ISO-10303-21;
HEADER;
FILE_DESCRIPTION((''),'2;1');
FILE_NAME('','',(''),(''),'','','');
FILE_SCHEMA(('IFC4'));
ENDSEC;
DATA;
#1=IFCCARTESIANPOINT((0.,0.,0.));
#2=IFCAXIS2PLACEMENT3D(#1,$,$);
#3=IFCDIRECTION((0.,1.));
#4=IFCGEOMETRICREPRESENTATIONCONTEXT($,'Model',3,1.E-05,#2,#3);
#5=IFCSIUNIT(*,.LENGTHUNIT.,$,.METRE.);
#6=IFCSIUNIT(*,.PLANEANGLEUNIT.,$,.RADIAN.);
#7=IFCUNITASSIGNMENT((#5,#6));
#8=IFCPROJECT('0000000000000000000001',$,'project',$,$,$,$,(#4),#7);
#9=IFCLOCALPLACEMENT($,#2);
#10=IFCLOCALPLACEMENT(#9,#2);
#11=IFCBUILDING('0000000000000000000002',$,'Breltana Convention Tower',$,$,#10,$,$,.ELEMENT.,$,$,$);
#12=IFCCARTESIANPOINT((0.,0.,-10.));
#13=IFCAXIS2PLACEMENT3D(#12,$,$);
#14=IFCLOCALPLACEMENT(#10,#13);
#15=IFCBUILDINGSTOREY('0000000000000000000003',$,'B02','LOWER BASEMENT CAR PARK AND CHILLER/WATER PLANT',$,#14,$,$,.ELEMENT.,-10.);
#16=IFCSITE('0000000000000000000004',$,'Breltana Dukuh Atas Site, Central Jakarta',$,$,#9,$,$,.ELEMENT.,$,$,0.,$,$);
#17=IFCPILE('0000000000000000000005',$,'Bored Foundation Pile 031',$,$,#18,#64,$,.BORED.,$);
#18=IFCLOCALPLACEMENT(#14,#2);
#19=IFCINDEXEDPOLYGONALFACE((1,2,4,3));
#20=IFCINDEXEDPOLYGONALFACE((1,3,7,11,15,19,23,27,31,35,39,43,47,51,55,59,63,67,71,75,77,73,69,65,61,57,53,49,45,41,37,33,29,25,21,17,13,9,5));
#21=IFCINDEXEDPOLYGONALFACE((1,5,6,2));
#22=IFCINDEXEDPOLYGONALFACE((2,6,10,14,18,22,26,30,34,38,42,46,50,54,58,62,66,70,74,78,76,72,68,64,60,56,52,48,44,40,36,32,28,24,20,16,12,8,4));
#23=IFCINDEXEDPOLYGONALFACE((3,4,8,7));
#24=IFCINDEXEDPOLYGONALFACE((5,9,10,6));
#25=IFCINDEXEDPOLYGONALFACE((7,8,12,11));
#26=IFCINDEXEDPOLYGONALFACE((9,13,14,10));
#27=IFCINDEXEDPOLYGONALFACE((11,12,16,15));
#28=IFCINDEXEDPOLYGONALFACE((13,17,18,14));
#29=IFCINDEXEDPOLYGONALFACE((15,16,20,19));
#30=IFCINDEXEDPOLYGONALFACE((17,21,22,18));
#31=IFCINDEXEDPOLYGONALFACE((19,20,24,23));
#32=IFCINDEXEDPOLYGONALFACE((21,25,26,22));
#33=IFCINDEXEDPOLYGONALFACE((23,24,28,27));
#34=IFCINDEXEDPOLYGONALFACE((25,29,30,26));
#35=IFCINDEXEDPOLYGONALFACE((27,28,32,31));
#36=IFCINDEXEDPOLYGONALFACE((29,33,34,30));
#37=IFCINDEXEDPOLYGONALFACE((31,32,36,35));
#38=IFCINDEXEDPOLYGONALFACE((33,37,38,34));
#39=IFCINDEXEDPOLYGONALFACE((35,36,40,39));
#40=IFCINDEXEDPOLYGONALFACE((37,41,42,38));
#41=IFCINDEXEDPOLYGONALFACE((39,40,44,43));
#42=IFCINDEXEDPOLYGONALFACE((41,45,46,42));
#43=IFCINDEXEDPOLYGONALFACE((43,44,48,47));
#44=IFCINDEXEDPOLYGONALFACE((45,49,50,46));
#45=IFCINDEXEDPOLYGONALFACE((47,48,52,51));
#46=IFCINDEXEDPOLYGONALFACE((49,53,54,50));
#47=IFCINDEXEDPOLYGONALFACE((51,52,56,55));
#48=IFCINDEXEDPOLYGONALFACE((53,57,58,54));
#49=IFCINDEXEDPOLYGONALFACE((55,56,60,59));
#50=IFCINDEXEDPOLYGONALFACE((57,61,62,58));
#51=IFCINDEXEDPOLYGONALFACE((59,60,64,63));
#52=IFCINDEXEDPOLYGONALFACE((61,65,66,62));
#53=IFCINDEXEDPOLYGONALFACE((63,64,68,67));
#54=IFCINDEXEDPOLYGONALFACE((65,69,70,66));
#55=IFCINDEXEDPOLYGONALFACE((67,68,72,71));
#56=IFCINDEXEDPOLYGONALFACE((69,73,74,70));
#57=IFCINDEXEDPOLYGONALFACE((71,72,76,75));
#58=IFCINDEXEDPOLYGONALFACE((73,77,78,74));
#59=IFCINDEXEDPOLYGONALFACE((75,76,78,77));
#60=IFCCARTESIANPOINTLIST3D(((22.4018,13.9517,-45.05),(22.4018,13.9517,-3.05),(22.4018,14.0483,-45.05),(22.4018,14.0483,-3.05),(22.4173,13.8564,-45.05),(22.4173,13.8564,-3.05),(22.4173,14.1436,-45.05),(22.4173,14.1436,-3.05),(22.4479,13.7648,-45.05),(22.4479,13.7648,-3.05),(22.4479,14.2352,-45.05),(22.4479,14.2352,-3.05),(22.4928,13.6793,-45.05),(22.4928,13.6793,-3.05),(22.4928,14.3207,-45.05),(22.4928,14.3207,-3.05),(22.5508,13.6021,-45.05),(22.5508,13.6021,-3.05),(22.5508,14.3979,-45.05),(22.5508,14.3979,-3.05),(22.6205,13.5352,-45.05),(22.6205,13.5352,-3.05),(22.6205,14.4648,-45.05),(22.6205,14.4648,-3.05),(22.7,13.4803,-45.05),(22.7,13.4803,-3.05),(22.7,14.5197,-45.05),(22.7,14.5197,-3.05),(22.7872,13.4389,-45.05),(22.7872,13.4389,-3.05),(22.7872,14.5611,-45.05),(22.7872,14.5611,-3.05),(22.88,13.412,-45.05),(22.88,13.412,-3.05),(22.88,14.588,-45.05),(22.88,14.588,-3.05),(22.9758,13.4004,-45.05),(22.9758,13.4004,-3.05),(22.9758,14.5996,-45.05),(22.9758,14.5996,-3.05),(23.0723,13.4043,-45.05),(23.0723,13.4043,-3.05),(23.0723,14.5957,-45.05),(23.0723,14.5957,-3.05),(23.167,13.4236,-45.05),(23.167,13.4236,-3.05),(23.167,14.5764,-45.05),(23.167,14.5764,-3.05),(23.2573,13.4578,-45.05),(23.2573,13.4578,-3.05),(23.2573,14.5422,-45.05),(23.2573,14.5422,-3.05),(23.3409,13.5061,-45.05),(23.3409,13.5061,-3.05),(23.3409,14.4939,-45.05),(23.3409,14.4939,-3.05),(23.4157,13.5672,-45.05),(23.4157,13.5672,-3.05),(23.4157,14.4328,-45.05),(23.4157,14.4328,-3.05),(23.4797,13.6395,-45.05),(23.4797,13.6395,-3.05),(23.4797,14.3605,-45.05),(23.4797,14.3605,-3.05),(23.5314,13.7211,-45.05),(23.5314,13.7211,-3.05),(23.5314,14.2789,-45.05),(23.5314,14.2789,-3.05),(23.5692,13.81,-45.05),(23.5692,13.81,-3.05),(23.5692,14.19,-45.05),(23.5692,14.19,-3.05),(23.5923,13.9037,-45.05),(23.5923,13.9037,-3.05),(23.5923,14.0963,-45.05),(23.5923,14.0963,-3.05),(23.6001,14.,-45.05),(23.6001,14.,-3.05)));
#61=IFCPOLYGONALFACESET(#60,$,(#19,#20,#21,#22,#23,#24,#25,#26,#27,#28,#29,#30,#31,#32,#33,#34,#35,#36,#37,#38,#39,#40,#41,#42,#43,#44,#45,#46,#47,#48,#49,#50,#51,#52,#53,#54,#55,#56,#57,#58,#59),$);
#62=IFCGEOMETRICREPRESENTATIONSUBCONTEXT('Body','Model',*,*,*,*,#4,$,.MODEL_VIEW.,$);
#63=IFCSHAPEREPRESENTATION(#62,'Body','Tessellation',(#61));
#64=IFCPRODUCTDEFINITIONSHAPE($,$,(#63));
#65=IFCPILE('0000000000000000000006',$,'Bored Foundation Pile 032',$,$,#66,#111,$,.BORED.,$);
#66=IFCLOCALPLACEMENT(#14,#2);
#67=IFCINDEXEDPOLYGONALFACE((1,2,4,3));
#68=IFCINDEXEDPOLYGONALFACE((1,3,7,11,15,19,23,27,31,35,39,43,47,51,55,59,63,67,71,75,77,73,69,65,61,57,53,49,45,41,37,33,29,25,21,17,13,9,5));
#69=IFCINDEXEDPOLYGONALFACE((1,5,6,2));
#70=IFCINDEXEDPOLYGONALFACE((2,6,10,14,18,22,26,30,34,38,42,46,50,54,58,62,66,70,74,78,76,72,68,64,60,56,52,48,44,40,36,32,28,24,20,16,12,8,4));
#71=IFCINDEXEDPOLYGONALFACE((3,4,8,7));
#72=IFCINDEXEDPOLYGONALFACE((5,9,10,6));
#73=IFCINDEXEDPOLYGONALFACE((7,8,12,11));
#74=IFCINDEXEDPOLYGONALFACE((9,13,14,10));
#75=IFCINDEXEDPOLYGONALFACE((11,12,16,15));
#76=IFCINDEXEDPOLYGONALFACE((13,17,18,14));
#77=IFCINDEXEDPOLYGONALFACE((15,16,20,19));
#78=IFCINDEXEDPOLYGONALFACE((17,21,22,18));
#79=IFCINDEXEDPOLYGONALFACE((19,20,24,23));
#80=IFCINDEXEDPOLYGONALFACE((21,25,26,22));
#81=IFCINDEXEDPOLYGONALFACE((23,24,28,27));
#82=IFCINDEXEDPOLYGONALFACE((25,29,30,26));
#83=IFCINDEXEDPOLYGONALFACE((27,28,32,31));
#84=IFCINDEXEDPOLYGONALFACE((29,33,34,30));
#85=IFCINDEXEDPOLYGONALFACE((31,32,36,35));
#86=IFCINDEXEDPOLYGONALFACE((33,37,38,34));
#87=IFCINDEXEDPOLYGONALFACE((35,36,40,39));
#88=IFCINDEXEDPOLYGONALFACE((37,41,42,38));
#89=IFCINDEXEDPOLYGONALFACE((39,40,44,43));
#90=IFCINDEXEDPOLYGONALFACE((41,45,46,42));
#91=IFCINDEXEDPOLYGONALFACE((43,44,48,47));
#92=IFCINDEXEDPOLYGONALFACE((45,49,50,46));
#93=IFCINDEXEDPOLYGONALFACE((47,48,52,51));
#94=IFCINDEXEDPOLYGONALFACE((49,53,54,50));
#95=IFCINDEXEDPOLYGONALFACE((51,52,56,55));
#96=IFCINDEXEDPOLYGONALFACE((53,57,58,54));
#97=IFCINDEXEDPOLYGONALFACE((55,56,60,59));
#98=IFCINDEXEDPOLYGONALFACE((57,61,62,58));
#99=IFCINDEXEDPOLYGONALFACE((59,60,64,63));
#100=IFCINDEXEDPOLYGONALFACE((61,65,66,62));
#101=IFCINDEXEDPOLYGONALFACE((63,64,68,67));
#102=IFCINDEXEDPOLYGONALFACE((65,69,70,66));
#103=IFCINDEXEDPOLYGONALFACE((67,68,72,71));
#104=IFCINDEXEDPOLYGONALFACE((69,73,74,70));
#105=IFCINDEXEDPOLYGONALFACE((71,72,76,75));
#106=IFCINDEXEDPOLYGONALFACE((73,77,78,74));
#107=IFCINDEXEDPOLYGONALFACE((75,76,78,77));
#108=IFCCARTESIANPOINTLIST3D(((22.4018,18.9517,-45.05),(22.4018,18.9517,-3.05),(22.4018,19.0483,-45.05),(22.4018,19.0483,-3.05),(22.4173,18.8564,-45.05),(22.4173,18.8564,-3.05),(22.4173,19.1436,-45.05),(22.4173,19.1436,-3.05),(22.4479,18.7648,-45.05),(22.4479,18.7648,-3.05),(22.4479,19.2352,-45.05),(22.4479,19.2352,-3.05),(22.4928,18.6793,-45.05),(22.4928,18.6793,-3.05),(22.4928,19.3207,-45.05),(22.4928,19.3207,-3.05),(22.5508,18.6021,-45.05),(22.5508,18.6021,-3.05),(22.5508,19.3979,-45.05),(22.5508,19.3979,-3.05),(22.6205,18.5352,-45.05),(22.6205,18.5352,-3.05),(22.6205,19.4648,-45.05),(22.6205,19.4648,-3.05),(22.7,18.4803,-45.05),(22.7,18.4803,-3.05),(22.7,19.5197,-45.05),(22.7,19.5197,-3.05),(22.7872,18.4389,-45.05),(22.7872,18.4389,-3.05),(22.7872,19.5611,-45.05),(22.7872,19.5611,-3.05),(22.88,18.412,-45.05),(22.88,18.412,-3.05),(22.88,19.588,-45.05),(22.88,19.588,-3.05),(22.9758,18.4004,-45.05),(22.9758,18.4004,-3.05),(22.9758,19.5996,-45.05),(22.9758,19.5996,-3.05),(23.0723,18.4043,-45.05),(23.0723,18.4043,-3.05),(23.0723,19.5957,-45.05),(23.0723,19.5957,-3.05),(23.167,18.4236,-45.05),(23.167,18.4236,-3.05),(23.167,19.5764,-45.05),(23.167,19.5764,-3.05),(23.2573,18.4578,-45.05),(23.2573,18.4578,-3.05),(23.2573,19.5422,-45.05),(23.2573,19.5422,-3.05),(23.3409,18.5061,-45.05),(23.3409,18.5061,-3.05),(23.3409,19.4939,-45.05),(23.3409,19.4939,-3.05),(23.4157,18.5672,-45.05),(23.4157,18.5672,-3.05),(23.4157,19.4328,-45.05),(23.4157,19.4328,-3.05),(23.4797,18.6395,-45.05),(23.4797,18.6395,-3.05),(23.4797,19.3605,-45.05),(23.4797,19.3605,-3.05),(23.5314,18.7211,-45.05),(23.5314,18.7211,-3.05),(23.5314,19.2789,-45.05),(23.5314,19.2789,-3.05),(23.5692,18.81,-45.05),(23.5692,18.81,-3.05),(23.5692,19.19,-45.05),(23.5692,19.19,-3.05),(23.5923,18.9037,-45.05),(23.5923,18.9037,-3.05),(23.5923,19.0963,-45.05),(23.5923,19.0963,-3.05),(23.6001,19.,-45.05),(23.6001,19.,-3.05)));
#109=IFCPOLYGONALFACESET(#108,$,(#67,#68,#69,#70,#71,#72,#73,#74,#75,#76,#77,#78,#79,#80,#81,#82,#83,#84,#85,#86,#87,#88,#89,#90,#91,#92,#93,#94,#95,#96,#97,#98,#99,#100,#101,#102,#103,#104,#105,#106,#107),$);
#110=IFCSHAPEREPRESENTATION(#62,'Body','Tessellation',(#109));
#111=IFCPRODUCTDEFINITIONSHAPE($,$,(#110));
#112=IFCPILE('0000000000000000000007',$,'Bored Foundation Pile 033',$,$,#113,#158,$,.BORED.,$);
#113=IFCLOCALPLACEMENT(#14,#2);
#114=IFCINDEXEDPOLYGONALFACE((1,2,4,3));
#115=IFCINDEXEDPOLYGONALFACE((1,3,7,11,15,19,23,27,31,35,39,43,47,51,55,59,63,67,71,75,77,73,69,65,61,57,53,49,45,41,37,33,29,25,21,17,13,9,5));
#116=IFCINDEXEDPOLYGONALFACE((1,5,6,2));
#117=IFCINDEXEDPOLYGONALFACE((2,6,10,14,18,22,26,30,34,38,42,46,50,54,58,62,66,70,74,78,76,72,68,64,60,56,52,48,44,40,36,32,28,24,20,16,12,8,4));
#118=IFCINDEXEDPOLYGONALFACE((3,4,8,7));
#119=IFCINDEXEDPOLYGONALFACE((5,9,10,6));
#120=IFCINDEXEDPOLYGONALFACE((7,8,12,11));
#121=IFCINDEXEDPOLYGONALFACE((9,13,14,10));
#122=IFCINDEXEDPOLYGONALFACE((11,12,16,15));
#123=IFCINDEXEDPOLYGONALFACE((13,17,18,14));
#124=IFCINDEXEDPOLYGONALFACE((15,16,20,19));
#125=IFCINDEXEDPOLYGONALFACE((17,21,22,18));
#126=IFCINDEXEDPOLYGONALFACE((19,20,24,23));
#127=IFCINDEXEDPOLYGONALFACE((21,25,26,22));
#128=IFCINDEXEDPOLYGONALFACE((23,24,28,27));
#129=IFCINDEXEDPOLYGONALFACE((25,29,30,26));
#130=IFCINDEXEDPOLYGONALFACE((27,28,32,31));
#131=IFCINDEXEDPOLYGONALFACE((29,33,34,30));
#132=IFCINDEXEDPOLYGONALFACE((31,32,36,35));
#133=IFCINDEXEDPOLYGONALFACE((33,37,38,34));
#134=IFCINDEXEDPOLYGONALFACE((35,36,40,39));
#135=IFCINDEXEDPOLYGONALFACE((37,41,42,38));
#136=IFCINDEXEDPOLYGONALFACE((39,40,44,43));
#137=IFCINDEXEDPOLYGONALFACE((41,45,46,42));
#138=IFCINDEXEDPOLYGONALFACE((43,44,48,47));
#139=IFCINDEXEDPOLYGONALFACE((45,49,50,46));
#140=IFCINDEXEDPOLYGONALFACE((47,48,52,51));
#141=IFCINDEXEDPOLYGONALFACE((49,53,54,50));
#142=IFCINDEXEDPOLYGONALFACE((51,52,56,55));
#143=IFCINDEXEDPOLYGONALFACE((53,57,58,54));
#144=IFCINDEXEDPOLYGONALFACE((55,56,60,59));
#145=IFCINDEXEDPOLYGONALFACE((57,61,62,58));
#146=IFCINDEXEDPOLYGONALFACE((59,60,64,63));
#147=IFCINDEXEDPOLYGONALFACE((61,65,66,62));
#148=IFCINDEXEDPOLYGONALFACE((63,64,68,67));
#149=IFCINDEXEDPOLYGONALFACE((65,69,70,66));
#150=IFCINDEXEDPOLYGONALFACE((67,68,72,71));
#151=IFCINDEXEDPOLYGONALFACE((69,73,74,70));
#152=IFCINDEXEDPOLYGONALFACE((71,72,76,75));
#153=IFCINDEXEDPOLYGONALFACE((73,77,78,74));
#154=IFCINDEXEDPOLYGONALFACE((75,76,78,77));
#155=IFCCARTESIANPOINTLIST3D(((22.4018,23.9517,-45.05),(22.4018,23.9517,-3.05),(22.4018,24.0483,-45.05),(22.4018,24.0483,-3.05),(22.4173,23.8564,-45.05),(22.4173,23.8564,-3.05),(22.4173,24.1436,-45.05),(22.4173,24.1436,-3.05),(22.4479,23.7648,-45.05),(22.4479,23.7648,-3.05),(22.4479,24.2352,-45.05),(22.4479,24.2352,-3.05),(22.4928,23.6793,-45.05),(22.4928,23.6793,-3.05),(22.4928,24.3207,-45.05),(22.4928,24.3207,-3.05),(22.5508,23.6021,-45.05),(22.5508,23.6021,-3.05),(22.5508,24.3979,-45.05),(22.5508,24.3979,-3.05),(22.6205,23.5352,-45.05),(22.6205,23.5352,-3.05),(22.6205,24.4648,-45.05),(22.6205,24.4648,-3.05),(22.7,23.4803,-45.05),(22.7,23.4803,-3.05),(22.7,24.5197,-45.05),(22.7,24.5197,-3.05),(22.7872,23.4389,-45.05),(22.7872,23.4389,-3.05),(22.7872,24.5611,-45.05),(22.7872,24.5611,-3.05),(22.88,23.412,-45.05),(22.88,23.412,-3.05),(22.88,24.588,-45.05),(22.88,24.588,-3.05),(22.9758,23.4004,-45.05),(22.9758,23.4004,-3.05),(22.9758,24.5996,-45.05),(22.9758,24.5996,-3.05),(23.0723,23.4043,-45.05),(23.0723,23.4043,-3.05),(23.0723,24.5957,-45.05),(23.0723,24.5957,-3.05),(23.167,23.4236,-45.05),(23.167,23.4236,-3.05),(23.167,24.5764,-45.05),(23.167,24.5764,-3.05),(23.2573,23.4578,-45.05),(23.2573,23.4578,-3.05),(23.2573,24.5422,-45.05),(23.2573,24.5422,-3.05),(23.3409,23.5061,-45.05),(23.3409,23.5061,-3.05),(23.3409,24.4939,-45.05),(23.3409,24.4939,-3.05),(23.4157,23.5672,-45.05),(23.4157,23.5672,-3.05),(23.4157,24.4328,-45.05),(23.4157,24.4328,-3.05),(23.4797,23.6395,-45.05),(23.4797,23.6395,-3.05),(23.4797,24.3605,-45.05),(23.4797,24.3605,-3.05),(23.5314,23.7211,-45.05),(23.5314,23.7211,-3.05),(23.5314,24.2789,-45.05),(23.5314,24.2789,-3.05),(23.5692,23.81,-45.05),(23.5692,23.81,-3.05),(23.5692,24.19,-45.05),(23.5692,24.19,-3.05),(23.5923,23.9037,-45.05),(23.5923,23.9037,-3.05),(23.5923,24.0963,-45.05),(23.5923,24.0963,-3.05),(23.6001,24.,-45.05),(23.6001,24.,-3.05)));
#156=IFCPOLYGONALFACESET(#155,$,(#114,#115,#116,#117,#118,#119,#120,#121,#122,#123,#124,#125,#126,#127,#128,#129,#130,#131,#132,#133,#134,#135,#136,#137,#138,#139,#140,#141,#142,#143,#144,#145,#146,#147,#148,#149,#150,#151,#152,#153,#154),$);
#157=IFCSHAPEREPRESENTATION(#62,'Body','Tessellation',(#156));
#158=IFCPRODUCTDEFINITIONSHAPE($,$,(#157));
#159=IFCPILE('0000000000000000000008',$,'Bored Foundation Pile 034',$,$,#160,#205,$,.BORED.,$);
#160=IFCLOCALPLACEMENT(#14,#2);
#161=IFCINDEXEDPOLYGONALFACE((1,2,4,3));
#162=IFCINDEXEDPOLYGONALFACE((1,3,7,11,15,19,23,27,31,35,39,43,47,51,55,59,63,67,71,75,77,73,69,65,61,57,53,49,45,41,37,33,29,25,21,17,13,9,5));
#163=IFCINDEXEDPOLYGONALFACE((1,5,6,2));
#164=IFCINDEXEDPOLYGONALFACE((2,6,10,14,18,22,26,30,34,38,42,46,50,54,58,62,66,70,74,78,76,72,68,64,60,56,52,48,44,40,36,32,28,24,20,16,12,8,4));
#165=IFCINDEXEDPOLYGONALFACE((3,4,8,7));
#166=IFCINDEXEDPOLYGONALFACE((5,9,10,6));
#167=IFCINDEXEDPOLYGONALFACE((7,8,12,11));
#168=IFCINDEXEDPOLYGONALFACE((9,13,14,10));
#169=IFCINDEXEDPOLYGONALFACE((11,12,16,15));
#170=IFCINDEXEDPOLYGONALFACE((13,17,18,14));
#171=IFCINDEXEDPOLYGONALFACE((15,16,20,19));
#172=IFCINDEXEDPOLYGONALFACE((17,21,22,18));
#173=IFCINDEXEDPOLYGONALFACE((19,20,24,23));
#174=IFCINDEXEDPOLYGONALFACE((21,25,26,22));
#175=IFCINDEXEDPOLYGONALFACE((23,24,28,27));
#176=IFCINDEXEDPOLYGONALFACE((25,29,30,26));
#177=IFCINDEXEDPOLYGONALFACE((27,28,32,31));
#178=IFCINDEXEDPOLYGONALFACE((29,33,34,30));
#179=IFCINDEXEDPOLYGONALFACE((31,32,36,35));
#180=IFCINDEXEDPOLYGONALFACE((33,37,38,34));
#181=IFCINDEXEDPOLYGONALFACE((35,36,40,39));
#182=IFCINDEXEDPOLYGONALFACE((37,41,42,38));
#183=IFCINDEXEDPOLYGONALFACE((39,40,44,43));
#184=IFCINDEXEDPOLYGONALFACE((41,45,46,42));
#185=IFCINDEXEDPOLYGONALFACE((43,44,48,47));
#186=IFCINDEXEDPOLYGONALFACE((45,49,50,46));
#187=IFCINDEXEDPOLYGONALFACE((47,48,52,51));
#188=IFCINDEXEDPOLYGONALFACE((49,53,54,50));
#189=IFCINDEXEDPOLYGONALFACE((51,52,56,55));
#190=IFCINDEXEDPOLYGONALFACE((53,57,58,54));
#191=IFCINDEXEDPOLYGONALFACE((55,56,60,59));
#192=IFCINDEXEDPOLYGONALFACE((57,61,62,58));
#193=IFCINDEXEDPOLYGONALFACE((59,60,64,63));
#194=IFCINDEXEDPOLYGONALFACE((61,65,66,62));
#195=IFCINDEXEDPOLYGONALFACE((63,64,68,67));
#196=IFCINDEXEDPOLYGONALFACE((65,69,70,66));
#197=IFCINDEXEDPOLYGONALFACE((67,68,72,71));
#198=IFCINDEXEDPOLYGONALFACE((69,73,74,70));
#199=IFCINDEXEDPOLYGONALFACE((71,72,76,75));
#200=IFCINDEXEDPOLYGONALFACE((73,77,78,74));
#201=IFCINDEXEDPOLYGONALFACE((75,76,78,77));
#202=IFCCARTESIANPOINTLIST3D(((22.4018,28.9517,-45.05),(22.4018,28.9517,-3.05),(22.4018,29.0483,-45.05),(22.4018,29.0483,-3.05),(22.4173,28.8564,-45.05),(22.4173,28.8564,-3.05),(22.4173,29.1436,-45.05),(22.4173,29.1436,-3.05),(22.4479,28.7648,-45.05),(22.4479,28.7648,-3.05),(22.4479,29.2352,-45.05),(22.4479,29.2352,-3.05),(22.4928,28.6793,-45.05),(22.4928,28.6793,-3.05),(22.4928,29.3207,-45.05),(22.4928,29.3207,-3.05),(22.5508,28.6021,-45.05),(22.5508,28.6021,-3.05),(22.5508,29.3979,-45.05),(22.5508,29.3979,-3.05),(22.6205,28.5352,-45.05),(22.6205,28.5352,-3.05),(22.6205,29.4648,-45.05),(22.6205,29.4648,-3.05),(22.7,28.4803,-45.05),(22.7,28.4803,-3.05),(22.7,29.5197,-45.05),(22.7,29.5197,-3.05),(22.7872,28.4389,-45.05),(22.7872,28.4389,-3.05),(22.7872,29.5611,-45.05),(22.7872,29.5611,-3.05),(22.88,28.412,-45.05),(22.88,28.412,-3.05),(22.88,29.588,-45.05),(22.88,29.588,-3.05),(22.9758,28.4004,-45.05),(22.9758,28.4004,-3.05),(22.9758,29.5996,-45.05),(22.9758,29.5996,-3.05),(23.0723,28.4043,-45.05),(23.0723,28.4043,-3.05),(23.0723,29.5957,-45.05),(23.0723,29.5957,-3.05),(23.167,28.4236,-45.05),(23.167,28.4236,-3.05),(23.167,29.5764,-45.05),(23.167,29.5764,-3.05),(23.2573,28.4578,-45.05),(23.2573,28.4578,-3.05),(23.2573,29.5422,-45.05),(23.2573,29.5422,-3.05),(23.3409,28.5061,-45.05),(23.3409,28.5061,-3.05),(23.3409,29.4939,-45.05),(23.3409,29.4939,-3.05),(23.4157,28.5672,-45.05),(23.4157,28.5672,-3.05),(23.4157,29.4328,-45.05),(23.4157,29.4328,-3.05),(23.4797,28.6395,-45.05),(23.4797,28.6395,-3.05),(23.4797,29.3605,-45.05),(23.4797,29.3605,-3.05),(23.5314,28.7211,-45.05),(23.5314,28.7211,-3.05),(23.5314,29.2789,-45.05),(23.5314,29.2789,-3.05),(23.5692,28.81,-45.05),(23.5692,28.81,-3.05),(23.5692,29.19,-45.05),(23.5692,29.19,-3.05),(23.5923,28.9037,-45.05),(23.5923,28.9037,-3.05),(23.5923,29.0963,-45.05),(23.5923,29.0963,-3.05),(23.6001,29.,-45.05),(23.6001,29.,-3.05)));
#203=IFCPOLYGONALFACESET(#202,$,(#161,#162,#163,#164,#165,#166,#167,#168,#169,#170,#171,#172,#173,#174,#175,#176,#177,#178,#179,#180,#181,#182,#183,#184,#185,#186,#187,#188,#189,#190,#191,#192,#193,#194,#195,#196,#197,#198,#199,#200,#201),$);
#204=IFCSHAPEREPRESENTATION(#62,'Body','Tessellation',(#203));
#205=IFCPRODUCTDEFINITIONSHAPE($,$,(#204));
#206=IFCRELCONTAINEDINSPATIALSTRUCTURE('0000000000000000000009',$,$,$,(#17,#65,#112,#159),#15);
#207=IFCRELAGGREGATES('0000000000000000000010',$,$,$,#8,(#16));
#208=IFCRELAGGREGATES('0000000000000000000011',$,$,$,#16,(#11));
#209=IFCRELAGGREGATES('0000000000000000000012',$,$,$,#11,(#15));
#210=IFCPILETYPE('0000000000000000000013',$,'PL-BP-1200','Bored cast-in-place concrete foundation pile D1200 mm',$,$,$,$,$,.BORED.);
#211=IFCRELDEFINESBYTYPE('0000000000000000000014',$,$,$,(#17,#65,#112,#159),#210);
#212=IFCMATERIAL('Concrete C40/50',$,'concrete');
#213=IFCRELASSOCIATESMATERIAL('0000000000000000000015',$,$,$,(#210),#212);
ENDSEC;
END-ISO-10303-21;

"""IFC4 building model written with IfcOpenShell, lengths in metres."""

from ifc_helpers import new_model, si_unit, direction, frame, origin, origin_2d, place, context, subcontext, project, spatial, circle, extrude, source, transform, mapped, material, material_profile, profile_set, type_object, type_shapes, element, save


model = new_model("IFC4")

# Units and contexts
model_context = context("Model", 3, precision=1e-05, world=origin(), true_north=direction((0.0, 1.0)))
body_context = subcontext(model_context, "Body", "Model", "MODEL_VIEW")
ifc_project = project(units=[si_unit("LENGTHUNIT", "METRE"), si_unit("PLANEANGLEUNIT", "RADIAN")], contexts=[model_context])

# Site, building, storey
site_placement = place(None, origin())
site = spatial("IfcSite", under=ifc_project, at=site_placement, Name="Breltana Dukuh Atas Site, Central Jakarta", CompositionType="ELEMENT", RefElevation=0.0)
building_placement = place(site_placement, origin())
building = spatial("IfcBuilding", under=site, at=building_placement, Name="Breltana Convention Tower", CompositionType="ELEMENT")
storey_placement = place(building_placement, frame((0.0, 0.0, -10.0)))
storey = spatial("IfcBuildingStorey", under=building, at=storey_placement, Name="B02", Description="LOWER BASEMENT CAR PARK AND CHILLER/WATER PLANT", CompositionType="ELEMENT", Elevation=-10.0)

# Piles
ifc_material_1 = material(Name="Concrete C40/50", Category="concrete")
ifc_material_profile_1 = material_profile(ifc_material_1, circle(Radius=0.6001, at=origin_2d()), Name="BP-D1200")
ifc_profile_set_1 = profile_set([ifc_material_profile_1], Name="Concrete C40/50")
pile_type = type_object("IfcPileType", Name="PL-BP-1200", Description="Bored cast-in-place concrete foundation pile D1200 mm", PredefinedType="BORED", material=ifc_profile_set_1)
shared_shape_1 = source(origin(), body_context, "Body", "SweptSolid", [
    extrude(circle(Radius=0.6001, at=origin_2d()), origin(), (0.0, 0.0, 1.0), 42.0),
])
type_shapes(pile_type, [shared_shape_1])
for number, where, z_axis, x_axis, name in (
    (1, (23.0, 14.0, -3.05), (0.0, 0.0, -1.0), (1.0, 0.0, 0.0), "Bored Foundation Pile 031"),
    (2, (23.0, 19.0, -3.05), (0.0, 0.0, -1.0), (1.0, 0.0, 0.0), "Bored Foundation Pile 032"),
    (3, (23.0, 24.0, -3.05), (0.0, 0.0, -1.0), (1.0, 0.0, 0.0), "Bored Foundation Pile 033"),
    (4, (23.0, 29.0, -3.05), (0.0, 0.0, -1.0), (1.0, 0.0, 0.0), "Bored Foundation Pile 034"),
):
    element("IfcPile", number, at=place(storey_placement, frame(where, z_axis=z_axis, x_axis=x_axis)), inside=storey, type_object=pile_type, Name=name, PredefinedType="BORED", context=body_context, shape_type="MappedRepresentation", body=[
        mapped(shared_shape_1, transform((0.0, 0.0, 0.0), scale=1.0)),
    ])

save(model, "model.ifc")
